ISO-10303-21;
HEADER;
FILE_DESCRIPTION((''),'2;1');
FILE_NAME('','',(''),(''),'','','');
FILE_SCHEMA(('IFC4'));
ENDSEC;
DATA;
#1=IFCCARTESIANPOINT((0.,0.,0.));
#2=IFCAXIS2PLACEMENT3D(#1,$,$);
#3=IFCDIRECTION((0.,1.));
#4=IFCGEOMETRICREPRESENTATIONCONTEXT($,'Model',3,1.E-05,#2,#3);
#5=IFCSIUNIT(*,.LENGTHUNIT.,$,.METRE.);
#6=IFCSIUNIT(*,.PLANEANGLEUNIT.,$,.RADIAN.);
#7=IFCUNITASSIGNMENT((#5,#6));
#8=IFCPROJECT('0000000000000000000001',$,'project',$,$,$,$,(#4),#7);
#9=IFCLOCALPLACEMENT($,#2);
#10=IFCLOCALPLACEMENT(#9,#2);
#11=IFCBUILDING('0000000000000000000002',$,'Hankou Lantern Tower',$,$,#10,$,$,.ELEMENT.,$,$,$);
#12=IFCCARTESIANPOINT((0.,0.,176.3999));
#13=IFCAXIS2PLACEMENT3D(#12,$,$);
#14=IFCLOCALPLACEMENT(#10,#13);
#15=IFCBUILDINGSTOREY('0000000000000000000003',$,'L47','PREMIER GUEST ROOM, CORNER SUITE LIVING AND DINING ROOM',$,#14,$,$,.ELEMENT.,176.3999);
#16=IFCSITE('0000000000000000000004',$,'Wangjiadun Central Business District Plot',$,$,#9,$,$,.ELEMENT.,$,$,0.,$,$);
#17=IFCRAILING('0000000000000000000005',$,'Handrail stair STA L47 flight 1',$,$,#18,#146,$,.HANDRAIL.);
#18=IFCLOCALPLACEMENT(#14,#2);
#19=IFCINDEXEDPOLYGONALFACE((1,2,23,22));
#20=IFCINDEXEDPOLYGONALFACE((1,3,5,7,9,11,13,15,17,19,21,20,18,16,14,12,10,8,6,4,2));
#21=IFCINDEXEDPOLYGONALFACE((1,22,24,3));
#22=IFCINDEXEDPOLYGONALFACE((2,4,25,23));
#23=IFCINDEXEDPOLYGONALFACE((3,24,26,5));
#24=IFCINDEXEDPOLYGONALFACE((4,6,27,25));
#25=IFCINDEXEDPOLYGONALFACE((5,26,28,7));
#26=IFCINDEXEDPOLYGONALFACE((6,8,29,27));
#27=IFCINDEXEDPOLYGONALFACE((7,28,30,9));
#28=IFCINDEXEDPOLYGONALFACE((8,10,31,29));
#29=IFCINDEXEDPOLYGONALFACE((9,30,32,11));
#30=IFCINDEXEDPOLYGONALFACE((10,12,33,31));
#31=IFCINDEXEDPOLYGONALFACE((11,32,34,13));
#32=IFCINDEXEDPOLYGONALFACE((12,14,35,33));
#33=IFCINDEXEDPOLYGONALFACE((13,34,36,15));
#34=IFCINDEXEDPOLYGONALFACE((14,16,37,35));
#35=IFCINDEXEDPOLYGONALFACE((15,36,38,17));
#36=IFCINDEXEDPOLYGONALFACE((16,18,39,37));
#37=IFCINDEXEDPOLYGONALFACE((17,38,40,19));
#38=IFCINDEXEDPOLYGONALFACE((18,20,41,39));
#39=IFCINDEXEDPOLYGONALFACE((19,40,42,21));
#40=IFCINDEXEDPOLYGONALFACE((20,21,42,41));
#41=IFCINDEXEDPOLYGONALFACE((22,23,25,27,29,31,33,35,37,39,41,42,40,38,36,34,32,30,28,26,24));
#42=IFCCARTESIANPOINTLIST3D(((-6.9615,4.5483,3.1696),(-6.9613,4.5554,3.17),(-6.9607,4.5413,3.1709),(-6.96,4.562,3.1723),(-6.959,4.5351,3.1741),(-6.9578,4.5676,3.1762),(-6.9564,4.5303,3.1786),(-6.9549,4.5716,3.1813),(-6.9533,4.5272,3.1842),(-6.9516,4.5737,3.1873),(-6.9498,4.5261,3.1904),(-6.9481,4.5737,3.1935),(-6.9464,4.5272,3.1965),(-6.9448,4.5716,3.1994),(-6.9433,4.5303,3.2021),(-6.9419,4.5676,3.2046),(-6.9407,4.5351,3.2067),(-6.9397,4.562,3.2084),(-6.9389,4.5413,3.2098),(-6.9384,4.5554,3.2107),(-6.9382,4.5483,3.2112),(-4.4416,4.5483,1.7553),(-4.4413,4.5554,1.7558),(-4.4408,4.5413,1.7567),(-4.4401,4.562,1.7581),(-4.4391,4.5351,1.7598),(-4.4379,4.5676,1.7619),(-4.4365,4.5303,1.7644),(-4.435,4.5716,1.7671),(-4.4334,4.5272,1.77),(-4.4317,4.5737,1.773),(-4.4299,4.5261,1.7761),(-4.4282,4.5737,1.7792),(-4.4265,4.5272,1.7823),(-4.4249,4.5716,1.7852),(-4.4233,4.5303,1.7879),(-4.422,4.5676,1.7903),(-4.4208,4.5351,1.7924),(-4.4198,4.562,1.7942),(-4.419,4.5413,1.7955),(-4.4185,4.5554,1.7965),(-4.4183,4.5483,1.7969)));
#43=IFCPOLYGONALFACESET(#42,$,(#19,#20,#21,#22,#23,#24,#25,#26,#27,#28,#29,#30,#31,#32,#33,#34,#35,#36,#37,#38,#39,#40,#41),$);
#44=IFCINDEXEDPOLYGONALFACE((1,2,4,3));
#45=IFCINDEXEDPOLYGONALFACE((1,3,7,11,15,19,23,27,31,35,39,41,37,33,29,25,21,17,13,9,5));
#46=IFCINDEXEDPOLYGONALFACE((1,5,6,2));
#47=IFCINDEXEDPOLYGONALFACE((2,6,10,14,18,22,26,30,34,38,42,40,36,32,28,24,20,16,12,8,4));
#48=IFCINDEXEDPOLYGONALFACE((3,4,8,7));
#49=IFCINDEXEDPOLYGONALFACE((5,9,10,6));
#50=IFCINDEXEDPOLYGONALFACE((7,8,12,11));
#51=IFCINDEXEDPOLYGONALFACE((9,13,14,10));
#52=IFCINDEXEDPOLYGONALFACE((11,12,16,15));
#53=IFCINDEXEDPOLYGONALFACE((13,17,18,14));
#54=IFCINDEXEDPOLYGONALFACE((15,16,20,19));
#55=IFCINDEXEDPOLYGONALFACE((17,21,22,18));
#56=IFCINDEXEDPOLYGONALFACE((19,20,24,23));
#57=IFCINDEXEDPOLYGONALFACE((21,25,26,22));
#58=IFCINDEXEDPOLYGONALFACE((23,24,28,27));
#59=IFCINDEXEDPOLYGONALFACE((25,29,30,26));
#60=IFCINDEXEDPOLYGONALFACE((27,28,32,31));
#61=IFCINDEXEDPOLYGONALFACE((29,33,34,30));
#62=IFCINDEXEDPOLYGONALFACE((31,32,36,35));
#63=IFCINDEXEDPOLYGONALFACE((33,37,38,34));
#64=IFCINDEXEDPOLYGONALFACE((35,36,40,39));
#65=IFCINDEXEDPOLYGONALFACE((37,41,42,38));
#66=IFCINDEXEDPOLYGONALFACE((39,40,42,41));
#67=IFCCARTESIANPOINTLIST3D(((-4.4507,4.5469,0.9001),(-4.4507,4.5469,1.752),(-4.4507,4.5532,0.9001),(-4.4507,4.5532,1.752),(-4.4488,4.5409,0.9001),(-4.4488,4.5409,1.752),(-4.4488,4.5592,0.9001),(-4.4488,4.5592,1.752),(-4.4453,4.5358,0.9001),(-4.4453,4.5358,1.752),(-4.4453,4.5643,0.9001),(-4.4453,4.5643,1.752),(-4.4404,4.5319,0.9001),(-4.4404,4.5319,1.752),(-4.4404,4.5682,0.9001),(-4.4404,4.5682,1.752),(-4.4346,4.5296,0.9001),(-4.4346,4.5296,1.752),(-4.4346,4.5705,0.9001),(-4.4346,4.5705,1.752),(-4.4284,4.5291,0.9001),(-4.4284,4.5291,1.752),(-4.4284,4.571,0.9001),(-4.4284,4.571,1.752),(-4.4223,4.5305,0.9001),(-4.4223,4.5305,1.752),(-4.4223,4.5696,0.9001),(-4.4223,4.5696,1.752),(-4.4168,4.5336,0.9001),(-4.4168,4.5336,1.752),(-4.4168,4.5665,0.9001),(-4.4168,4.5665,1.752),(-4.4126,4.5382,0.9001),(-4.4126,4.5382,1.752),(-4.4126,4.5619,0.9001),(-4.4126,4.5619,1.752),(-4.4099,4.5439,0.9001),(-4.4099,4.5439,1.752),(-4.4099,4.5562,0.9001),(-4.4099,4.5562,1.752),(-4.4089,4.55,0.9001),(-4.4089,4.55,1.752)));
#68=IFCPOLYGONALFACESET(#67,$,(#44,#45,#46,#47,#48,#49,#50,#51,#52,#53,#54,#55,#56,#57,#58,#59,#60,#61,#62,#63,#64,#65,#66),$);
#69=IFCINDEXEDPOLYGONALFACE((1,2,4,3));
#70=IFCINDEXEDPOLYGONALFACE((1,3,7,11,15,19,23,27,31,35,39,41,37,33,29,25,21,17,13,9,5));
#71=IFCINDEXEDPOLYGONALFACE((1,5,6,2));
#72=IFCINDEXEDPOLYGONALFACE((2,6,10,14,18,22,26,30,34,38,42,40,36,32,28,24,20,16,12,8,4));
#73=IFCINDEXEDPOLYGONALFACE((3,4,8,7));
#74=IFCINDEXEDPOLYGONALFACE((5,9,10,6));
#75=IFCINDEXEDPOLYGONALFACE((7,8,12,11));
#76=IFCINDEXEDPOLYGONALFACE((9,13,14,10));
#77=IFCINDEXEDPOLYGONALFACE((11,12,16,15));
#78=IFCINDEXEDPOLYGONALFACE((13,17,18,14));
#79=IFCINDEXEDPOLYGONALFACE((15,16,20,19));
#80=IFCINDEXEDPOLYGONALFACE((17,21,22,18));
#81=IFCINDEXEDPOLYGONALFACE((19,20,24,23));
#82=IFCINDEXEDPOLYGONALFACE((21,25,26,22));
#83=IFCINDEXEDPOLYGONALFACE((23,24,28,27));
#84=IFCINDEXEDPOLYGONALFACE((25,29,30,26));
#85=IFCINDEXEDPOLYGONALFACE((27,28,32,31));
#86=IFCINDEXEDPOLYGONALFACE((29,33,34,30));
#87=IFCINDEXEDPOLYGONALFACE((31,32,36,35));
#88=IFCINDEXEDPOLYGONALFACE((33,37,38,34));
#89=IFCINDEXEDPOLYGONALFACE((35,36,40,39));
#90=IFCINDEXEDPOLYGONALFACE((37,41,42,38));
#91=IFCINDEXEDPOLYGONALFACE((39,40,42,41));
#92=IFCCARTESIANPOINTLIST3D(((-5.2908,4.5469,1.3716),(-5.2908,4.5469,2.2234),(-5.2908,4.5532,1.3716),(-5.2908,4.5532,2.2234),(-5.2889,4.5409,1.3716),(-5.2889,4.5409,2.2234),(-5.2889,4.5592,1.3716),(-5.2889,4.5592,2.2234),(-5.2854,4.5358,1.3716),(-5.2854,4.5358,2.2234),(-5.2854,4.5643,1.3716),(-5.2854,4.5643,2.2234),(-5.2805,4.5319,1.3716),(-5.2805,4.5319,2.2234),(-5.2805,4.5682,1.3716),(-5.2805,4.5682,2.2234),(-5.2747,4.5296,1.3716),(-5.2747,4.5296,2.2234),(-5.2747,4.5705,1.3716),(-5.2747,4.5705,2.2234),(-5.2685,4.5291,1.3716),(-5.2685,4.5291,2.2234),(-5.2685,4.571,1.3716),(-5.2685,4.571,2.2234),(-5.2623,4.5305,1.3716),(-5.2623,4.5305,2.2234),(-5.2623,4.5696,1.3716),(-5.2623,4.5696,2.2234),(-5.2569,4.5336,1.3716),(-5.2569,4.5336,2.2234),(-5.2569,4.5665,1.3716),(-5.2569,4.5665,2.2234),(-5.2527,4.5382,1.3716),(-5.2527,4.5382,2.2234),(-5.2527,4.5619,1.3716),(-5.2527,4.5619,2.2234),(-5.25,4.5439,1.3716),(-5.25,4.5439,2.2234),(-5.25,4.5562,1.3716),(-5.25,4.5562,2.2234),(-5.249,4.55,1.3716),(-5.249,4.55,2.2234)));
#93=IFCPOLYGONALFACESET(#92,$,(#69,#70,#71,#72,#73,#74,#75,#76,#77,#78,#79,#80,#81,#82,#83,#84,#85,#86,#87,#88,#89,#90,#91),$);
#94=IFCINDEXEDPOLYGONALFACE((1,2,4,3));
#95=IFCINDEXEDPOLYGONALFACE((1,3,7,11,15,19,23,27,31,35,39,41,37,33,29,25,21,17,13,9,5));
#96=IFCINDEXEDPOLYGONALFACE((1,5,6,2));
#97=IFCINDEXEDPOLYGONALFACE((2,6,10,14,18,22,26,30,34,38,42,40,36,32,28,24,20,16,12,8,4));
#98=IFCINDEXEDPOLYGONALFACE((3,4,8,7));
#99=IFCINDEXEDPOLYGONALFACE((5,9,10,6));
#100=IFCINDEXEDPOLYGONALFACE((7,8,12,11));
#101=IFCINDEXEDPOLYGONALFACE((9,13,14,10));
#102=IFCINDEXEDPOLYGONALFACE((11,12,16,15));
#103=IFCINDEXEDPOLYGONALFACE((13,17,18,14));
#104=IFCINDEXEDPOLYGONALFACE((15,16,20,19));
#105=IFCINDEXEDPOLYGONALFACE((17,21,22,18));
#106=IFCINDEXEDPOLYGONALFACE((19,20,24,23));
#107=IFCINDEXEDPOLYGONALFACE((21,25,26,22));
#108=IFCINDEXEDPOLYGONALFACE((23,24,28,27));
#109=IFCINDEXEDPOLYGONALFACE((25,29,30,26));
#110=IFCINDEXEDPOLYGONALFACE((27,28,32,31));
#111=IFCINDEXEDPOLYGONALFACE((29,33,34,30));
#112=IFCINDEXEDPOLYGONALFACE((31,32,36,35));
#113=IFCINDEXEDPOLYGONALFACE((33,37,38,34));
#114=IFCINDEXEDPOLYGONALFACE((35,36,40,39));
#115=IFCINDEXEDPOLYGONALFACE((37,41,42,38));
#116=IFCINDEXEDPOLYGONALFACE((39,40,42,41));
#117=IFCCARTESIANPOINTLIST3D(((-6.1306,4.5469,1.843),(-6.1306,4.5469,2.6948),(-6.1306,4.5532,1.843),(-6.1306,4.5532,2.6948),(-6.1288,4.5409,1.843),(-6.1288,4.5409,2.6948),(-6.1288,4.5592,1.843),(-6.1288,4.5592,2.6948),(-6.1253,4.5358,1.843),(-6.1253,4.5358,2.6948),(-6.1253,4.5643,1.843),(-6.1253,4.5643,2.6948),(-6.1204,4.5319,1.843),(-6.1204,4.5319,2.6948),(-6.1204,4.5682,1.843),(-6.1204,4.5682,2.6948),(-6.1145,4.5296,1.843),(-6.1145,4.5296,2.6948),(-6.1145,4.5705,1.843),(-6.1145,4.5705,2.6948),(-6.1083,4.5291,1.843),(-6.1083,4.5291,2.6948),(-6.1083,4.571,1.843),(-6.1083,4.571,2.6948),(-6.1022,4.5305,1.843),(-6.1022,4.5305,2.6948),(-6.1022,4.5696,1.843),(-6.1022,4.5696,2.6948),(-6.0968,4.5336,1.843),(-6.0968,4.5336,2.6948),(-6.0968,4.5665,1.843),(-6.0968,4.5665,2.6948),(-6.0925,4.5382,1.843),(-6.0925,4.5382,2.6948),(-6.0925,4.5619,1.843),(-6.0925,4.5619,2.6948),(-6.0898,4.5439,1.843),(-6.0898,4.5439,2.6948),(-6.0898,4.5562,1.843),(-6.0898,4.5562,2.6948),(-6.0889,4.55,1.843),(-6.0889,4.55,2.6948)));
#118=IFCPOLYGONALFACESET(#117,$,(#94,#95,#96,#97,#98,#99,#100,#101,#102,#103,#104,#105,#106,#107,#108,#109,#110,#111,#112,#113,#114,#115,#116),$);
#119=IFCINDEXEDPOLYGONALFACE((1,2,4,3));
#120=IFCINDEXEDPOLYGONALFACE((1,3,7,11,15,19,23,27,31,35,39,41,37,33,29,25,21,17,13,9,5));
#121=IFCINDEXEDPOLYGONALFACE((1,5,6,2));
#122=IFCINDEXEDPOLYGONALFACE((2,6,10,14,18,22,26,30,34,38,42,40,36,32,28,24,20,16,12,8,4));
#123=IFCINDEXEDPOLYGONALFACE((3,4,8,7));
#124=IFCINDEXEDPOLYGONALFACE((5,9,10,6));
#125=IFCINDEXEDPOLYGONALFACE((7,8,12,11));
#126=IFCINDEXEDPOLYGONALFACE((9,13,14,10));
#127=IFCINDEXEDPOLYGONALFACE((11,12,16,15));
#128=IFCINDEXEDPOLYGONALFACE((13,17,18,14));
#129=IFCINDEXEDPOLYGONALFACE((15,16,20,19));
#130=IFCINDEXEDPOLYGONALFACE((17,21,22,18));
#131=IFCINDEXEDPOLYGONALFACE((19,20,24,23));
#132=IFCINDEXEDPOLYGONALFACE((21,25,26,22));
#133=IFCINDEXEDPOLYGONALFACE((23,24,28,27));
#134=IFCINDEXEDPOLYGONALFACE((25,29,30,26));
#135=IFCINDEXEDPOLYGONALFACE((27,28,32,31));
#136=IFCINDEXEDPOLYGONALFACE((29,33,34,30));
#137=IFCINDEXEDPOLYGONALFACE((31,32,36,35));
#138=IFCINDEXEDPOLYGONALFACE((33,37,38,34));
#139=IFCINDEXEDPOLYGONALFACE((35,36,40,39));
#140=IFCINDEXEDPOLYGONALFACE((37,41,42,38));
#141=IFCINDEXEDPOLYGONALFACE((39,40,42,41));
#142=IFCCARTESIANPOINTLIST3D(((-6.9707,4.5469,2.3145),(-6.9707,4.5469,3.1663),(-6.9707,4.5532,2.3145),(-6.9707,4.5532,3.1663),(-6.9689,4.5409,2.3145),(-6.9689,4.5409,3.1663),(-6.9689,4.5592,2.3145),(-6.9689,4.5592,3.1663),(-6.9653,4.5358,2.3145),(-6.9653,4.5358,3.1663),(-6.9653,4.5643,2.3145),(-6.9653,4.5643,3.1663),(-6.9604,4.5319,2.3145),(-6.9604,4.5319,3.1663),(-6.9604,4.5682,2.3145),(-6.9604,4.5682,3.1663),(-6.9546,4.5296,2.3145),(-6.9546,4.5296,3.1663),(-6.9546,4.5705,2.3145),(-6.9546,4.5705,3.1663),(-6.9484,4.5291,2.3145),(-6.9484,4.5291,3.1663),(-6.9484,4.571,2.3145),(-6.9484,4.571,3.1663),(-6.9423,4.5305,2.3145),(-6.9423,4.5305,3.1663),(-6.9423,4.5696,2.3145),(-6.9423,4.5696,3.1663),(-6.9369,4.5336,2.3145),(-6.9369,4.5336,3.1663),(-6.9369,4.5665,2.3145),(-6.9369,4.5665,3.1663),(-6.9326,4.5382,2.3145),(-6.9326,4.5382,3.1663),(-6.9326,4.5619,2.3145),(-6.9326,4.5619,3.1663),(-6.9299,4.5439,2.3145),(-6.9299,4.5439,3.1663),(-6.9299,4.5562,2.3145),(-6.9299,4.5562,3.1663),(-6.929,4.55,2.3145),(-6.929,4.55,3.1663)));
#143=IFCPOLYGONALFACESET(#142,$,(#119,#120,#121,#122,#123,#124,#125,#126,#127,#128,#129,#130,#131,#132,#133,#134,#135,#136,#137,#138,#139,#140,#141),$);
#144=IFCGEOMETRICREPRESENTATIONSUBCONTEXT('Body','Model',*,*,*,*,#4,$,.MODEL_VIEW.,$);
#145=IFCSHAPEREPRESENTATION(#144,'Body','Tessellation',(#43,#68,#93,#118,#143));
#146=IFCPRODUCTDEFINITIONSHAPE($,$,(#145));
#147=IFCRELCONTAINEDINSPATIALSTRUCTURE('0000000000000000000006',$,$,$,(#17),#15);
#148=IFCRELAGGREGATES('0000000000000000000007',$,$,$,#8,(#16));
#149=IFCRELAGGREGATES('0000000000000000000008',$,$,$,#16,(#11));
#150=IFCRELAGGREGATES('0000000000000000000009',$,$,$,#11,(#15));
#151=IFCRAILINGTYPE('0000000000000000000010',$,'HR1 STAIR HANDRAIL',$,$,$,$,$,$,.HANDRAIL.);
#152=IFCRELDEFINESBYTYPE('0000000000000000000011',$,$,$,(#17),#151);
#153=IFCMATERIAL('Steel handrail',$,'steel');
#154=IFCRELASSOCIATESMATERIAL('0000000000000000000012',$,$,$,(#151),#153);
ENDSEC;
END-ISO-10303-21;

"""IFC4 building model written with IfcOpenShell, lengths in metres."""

from ifc_helpers import new_model, si_unit, direction, frame, origin, origin_2d, place, context, subcontext, project, spatial, circle, extrude, material, type_object, element, save


model = new_model("IFC4")

# Units and contexts
model_context = context("Model", 3, precision=1e-05, world=origin(), true_north=direction((0.0, 1.0)))
body_context = subcontext(model_context, "Body", "Model", "MODEL_VIEW")
ifc_project = project(units=[si_unit("LENGTHUNIT", "METRE"), si_unit("PLANEANGLEUNIT", "RADIAN")], contexts=[model_context])

# Site, building, storey
site_placement = place(None, origin())
site = spatial("IfcSite", under=ifc_project, at=site_placement, Name="Wangjiadun Central Business District Plot", CompositionType="ELEMENT", RefElevation=0.0)
building_placement = place(site_placement, origin())
building = spatial("IfcBuilding", under=site, at=building_placement, Name="Hankou Lantern Tower", CompositionType="ELEMENT")
storey_placement = place(building_placement, frame((0.0, 0.0, 176.3999)))
storey = spatial("IfcBuildingStorey", under=building, at=storey_placement, Name="L47", Description="PREMIER GUEST ROOM, CORNER SUITE LIVING AND DINING ROOM", CompositionType="ELEMENT", Elevation=176.3999)

# Railing
ifc_material_1 = material(Name="Steel handrail", Category="steel")
railing_type = type_object("IfcRailingType", Name="HR1 STAIR HANDRAIL", PredefinedType="HANDRAIL", material=ifc_material_1)
railing_1_placement = place(storey_placement, frame((-4.4299, 4.55, 0.9001)))
element("IfcRailing", 1, at=railing_1_placement, inside=storey, type_object=railing_type, Name="Handrail stair STA L47 flight 1", PredefinedType="HANDRAIL", context=body_context, shape_type="SweptSolid", body=[
    extrude(circle(Radius=0.0239, at=origin_2d()), frame((0.0, 0.0, 0.876), z_axis=(-0.872049, 0.0, 0.489419), x_axis=(0.0, -1.0, 0.0)), (0.0, 0.0, 1.0), 2.8896),
    extrude(circle(Radius=0.021, at=origin_2d()), origin(), (0.0, 0.0, 1.0), 0.8518),
    extrude(circle(Radius=0.021, at=origin_2d()), frame((-0.8401, 0.0, 0.4714)), (0.0, 0.0, 1.0), 0.8518),
    extrude(circle(Radius=0.021, at=origin_2d()), frame((-1.6799, 0.0, 0.9429)), (0.0, 0.0, 1.0), 0.8518),
    extrude(circle(Radius=0.021, at=origin_2d()), frame((-2.52, 0.0, 1.4143)), (0.0, 0.0, 1.0), 0.8518),
])

save(model, "model.ifc")
